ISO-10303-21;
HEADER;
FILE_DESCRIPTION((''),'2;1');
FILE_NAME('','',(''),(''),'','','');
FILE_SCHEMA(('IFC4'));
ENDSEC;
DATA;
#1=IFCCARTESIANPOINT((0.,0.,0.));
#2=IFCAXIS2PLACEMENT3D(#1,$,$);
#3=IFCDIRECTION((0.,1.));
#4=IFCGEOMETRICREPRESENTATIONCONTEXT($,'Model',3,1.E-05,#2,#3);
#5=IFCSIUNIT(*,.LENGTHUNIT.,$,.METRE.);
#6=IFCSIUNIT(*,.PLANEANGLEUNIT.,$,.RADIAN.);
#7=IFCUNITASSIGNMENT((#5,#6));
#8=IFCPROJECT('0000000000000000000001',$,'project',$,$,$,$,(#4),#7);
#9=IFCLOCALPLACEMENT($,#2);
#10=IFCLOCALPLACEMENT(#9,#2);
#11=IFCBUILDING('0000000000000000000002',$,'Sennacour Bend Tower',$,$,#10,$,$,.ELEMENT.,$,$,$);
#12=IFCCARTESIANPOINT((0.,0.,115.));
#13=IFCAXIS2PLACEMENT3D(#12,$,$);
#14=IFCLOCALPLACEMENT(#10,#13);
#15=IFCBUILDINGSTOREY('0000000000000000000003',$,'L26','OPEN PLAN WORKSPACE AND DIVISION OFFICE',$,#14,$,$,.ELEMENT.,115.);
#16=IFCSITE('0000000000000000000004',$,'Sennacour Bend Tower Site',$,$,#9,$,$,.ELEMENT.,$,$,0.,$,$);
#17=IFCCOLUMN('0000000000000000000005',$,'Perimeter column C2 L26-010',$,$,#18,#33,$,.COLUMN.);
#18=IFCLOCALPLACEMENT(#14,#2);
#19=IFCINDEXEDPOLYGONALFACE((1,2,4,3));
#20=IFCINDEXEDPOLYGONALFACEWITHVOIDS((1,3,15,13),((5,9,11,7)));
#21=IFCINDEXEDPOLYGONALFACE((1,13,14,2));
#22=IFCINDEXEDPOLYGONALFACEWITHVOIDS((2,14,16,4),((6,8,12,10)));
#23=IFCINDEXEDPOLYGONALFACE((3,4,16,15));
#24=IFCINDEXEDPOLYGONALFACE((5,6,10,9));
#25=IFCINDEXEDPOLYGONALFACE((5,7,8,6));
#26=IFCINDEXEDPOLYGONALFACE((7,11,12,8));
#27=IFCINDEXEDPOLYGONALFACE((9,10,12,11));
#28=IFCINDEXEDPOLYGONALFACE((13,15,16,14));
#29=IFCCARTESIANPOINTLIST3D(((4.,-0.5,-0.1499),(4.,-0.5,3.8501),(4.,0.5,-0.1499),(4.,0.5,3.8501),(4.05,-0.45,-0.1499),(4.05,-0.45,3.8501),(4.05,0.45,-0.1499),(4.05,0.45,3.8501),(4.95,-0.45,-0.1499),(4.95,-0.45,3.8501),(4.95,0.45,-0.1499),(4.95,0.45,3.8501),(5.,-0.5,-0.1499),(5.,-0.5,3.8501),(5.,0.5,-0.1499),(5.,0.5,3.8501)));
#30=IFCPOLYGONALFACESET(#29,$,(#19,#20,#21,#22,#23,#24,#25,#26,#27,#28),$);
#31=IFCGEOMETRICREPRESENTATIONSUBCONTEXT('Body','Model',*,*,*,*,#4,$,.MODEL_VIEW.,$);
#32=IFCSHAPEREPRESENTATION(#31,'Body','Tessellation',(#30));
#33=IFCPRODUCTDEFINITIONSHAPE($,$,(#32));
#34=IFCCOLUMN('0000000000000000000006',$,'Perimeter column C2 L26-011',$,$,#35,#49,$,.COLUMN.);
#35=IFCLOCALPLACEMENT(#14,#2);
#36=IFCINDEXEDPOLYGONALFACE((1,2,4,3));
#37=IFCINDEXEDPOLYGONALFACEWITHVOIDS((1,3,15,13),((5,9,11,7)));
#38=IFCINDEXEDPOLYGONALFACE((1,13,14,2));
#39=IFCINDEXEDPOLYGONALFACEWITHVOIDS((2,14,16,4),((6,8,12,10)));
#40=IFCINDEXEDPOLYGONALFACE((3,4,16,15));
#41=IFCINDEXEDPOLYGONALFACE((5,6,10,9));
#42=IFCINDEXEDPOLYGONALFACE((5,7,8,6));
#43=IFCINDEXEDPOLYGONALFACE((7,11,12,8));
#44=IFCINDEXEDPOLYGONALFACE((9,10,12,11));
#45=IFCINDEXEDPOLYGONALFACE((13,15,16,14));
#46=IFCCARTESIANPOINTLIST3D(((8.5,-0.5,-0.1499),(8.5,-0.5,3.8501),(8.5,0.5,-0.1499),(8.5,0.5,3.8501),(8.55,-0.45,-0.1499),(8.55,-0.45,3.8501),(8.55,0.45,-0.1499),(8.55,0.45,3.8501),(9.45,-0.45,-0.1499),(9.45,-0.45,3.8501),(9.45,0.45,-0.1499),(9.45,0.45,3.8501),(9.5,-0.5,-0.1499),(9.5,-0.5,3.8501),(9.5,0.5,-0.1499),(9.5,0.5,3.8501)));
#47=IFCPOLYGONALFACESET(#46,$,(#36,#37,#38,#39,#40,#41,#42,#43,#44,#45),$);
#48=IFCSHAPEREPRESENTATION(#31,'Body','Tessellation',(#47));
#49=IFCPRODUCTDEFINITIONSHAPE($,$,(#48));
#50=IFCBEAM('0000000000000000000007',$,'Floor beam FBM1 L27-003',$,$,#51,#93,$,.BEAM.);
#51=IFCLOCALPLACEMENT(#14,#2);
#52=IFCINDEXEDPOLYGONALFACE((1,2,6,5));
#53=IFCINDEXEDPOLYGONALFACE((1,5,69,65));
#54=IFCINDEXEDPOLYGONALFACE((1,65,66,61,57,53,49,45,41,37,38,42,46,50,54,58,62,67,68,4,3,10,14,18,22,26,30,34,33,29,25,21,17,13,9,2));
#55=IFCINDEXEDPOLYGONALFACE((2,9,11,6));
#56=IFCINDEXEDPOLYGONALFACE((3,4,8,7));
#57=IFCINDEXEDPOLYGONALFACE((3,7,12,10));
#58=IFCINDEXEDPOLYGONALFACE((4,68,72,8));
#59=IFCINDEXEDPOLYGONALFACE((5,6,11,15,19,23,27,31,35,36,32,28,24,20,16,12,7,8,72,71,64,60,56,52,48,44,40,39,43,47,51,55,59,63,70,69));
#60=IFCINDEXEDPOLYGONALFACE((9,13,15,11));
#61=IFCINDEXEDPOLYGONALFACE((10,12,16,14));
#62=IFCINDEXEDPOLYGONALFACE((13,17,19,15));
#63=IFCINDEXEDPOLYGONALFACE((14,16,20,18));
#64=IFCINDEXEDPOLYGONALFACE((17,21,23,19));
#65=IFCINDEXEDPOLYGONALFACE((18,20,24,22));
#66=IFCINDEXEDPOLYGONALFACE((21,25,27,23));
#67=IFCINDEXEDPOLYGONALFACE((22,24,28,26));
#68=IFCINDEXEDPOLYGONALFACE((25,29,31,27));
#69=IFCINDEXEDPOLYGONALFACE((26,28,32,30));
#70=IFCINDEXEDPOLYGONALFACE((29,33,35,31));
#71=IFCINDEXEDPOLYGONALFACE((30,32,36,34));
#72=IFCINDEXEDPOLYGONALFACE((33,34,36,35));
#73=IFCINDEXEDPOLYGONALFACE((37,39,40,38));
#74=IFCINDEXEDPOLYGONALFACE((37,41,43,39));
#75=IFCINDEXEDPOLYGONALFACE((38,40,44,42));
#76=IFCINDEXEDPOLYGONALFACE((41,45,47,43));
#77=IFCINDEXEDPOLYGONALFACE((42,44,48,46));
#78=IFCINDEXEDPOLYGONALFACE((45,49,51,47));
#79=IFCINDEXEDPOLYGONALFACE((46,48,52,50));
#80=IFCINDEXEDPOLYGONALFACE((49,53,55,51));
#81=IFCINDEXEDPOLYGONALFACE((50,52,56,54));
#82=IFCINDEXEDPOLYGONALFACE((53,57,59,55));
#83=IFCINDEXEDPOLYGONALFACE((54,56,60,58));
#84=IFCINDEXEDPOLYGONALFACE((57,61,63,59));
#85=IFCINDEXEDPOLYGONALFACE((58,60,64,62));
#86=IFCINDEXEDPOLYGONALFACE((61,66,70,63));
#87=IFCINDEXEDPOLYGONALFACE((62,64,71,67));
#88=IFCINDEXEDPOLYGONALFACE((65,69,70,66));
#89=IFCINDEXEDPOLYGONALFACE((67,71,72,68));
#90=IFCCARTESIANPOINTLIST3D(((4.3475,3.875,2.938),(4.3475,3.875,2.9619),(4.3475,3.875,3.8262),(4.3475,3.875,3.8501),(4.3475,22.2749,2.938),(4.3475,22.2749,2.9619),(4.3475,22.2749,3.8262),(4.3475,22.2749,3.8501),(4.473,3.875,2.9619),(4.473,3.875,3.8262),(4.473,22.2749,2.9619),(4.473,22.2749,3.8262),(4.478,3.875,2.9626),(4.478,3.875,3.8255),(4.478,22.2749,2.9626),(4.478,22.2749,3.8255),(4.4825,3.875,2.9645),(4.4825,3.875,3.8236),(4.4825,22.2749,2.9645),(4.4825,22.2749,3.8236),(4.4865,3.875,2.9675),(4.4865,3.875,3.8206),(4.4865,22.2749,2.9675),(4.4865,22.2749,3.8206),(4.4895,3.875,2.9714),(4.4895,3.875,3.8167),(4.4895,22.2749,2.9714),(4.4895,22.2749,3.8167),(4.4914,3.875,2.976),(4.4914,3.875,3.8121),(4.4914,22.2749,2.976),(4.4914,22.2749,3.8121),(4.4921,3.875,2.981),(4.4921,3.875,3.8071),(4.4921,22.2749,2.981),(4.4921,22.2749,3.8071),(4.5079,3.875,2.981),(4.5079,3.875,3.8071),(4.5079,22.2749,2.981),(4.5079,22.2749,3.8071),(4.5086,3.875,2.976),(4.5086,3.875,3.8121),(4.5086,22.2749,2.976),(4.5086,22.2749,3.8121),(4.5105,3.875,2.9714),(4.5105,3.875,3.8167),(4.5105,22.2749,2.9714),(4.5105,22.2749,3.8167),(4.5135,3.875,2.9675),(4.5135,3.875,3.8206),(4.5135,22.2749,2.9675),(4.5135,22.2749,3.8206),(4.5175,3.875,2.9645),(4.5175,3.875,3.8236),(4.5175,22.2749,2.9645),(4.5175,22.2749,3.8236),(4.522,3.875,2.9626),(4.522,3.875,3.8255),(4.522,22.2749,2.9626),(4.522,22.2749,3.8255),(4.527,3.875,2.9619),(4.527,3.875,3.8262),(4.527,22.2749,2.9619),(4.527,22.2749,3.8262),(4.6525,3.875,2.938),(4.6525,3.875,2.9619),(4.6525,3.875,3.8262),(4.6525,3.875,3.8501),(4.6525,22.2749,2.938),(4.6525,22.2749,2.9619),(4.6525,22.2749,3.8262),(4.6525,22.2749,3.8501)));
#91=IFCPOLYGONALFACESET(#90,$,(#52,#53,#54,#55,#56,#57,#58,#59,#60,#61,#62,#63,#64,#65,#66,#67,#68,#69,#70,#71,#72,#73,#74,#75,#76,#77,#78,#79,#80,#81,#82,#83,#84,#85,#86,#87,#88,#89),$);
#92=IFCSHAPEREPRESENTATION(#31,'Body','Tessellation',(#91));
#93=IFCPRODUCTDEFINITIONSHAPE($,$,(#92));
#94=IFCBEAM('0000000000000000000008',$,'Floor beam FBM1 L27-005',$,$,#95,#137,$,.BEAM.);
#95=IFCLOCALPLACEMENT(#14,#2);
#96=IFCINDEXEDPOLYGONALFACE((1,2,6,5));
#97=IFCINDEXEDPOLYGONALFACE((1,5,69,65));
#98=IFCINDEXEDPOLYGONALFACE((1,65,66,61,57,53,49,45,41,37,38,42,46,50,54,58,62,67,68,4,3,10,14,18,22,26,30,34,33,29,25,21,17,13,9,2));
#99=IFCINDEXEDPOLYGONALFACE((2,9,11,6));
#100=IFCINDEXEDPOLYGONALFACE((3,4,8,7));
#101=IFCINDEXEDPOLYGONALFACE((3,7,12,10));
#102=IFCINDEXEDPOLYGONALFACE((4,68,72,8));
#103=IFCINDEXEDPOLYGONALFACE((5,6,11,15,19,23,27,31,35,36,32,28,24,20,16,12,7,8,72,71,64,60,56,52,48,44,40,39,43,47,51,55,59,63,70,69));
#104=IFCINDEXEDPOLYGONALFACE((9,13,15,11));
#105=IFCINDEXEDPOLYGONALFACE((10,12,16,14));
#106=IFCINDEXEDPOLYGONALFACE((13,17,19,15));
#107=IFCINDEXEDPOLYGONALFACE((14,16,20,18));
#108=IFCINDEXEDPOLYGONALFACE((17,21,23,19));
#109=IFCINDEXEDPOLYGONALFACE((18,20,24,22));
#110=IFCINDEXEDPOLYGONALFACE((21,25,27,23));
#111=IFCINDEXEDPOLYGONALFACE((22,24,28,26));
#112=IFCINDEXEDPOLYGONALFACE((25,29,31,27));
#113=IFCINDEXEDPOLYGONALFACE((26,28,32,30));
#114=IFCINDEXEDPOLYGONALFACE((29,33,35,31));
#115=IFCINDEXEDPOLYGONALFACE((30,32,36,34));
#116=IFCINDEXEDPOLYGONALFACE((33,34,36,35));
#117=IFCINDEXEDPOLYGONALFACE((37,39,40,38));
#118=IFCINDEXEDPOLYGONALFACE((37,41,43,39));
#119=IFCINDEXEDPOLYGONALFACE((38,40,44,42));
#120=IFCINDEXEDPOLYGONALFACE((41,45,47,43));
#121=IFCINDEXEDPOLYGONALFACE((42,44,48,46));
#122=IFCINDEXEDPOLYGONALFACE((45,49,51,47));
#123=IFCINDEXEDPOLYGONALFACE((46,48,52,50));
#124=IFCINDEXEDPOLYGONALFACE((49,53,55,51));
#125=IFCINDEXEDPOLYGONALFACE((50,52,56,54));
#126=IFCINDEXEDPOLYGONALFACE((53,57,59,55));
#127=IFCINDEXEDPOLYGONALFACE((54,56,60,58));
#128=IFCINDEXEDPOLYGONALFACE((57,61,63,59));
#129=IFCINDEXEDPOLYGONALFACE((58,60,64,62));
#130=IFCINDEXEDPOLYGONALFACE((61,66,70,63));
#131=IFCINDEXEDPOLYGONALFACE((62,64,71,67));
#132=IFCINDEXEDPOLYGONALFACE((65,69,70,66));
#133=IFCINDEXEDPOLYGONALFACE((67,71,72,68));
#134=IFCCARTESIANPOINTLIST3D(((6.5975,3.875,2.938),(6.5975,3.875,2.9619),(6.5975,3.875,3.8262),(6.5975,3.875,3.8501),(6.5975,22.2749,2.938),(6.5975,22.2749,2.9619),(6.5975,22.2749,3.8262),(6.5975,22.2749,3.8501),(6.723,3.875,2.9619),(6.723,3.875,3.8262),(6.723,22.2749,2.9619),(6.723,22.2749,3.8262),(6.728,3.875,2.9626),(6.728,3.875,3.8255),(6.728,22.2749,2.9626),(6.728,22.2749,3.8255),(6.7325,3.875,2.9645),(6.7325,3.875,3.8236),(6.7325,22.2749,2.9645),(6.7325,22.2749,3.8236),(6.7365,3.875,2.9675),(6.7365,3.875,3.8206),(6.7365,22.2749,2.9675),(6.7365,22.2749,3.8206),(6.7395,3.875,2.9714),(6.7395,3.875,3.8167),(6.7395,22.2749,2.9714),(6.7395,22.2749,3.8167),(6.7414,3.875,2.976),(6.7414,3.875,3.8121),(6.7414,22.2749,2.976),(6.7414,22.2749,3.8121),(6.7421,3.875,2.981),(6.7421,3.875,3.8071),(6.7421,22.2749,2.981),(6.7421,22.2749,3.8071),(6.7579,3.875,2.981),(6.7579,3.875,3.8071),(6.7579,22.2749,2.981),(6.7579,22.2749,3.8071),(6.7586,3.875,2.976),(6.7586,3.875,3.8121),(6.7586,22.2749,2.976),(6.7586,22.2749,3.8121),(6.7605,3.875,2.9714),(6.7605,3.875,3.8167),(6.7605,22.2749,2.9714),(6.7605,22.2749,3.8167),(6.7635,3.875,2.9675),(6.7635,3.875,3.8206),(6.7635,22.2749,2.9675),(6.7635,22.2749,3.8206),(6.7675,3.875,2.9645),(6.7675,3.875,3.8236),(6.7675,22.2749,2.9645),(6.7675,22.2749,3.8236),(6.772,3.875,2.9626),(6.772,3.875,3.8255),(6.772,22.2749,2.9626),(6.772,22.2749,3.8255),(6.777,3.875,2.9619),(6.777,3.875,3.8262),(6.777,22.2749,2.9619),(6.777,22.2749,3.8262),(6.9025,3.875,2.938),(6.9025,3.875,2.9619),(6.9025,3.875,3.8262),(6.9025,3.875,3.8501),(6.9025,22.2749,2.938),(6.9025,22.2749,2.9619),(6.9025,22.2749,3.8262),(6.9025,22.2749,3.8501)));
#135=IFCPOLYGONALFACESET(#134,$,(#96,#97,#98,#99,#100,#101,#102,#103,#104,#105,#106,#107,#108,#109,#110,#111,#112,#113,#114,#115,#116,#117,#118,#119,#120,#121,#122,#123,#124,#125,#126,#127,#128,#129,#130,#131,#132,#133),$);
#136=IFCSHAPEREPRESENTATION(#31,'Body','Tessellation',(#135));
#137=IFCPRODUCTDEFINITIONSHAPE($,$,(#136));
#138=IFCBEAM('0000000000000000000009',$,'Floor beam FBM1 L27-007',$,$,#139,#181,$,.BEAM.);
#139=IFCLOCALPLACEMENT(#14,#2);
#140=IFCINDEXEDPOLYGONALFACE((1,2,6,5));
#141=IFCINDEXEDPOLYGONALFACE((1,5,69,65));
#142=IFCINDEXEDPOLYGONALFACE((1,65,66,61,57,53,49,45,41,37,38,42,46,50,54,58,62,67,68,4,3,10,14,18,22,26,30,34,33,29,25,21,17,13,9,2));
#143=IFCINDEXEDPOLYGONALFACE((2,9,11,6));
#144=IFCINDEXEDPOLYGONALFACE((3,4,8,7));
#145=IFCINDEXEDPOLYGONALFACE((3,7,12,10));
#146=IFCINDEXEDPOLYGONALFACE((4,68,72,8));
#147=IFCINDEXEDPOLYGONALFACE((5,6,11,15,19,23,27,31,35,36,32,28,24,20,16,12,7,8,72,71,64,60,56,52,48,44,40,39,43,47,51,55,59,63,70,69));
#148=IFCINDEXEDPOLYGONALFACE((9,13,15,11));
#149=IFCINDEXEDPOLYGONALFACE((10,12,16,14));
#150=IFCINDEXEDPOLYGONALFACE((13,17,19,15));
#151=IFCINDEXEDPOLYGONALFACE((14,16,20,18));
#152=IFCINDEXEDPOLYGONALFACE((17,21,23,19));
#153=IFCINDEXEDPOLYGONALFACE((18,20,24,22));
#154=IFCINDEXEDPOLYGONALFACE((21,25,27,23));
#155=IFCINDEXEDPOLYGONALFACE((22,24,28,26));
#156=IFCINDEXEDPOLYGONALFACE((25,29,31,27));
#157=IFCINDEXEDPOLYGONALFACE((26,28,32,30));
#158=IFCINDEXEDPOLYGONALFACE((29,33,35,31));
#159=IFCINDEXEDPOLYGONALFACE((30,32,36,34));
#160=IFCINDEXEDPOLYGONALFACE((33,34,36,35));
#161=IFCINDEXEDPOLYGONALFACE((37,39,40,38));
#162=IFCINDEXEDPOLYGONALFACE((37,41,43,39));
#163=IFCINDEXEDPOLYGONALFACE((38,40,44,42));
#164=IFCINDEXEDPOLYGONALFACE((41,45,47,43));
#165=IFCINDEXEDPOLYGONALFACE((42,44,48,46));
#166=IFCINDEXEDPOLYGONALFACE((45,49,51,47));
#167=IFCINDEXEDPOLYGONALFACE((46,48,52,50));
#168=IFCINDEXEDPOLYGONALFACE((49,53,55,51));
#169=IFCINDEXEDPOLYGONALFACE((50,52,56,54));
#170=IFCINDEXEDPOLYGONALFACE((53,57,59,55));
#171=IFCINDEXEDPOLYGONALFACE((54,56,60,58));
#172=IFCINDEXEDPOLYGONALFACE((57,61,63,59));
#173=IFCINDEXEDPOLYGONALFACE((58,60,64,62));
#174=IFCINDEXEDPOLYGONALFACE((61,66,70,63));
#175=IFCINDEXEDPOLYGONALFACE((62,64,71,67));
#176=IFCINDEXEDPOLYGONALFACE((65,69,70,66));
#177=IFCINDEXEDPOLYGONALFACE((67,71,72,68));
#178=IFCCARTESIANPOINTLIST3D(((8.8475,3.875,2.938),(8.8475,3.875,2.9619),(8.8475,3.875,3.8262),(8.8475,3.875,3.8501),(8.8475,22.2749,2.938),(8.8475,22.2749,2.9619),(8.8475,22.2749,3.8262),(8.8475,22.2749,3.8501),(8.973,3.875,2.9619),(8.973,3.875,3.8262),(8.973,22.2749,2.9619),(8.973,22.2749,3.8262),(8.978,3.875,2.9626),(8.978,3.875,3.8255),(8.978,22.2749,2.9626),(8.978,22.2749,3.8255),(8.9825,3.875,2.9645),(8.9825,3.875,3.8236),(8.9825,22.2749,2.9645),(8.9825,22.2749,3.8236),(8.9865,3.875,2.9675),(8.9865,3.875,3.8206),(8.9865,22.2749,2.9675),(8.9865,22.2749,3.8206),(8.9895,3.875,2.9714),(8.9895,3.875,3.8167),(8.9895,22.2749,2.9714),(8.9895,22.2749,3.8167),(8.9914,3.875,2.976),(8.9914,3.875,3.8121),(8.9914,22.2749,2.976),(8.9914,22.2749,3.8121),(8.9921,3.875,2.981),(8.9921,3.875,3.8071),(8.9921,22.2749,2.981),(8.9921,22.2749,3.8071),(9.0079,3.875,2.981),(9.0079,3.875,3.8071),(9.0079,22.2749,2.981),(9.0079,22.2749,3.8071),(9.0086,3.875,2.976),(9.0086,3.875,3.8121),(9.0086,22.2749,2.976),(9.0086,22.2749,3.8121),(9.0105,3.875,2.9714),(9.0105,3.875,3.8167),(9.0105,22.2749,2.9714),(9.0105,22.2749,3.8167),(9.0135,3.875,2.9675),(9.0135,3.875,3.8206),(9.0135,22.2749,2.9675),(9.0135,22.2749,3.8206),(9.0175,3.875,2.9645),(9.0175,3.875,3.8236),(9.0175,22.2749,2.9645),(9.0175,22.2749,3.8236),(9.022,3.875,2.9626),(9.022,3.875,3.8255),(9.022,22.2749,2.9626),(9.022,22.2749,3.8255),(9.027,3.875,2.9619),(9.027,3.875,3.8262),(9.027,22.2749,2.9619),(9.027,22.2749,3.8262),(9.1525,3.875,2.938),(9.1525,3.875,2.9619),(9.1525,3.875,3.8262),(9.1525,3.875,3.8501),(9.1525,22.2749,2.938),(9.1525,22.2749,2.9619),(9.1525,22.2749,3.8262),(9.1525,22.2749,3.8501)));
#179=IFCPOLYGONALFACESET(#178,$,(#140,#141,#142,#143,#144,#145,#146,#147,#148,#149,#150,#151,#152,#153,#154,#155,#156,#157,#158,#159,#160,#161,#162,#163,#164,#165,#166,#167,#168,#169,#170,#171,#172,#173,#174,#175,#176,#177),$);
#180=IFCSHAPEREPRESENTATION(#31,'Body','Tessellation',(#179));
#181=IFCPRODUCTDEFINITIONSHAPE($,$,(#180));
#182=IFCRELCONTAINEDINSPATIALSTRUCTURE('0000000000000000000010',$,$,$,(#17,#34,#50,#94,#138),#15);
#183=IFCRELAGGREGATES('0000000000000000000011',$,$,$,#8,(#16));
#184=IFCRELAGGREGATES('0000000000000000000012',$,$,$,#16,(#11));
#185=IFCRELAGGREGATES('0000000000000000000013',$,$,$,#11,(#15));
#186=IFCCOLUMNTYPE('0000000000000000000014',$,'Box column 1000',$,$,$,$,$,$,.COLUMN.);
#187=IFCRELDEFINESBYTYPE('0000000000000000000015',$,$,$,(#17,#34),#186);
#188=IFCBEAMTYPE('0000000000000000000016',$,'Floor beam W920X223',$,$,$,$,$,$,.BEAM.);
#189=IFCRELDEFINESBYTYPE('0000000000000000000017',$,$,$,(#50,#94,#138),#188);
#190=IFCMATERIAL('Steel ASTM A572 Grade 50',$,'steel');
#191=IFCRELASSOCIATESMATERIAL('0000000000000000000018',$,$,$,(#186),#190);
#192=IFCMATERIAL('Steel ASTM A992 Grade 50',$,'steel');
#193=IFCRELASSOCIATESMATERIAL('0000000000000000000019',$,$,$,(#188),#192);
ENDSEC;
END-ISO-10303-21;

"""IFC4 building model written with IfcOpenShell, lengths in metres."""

from ifc_helpers import new_model, si_unit, direction, frame, origin, origin_2d, place, context, subcontext, project, spatial, hollow_rectangle, i_section, extrude, material, material_profile, profile_set, type_object, element, save


model = new_model("IFC4")

# Units and contexts
model_context = context("Model", 3, precision=1e-05, world=origin(), true_north=direction((0.0, 1.0)))
body_context = subcontext(model_context, "Body", "Model", "MODEL_VIEW")
ifc_project = project(units=[si_unit("LENGTHUNIT", "METRE"), si_unit("PLANEANGLEUNIT", "RADIAN")], contexts=[model_context])

# Site, building, storey
site_placement = place(None, origin())
site = spatial("IfcSite", under=ifc_project, at=site_placement, Name="Sennacour Bend Tower Site", CompositionType="ELEMENT", RefElevation=0.0)
building_placement = place(site_placement, origin())
building = spatial("IfcBuilding", under=site, at=building_placement, Name="Sennacour Bend Tower", CompositionType="ELEMENT")
storey_placement = place(building_placement, frame((0.0, 0.0, 115.0)))
storey = spatial("IfcBuildingStorey", under=building, at=storey_placement, Name="L26", Description="OPEN PLAN WORKSPACE AND DIVISION OFFICE", CompositionType="ELEMENT", Elevation=115.0)

# Columns
ifc_material_1 = material(Name="Steel ASTM A572 Grade 50", Category="steel")
ifc_material_profile_1 = material_profile(ifc_material_1, hollow_rectangle(XDim=1.0, YDim=1.0, WallThickness=0.05, at=origin_2d()), Name="Steel ASTM A572 Grade 50", Category="steel")
ifc_profile_set_1 = profile_set([ifc_material_profile_1], Name="Steel ASTM A572 Grade 50")
column_type = type_object("IfcColumnType", Name="Box column 1000", PredefinedType="COLUMN", material=ifc_profile_set_1)
for number, where, z_axis, x_axis, name in (
    (1, (4.5, 0.0, -0.1499), (0.0, 0.0, 1.0), (1.0, 0.0, 0.0), "Perimeter column C2 L26-010"),
    (2, (9.0, 0.0, -0.1499), (0.0, 0.0, 1.0), (1.0, 0.0, 0.0), "Perimeter column C2 L26-011"),
):
    element("IfcColumn", number, at=place(storey_placement, frame(where, z_axis=z_axis, x_axis=x_axis)), inside=storey, type_object=column_type, Name=name, PredefinedType="COLUMN", context=body_context, shape_type="SweptSolid", body=[
        extrude(hollow_rectangle(XDim=1.0, YDim=1.0, WallThickness=0.05, at=origin_2d()), origin(), (0.0, 0.0, 1.0), 4.0),
    ])

# Beams
ifc_material_2 = material(Name="Steel ASTM A992 Grade 50", Category="steel")
ifc_material_profile_2 = material_profile(ifc_material_2, i_section(OverallWidth=0.3049, OverallDepth=0.9121, WebThickness=0.0159, FlangeThickness=0.0239, FilletRadius=0.019, at=origin_2d()), Name="Steel ASTM A992 Grade 50", Category="steel")
ifc_profile_set_2 = profile_set([ifc_material_profile_2], Name="Steel ASTM A992 Grade 50")
beam_type_1 = type_object("IfcBeamType", Name="Floor beam W920X223", PredefinedType="BEAM", material=ifc_profile_set_2)
for number, where, z_axis, x_axis, name in (
    (3, (4.5, 3.875, 3.394), (0.0, 1.0, 0.0), (-1.0, 0.0, 0.0), "Floor beam FBM1 L27-003"),
    (4, (6.75, 3.875, 3.394), (0.0, 1.0, 0.0), (-1.0, 0.0, 0.0), "Floor beam FBM1 L27-005"),
    (5, (9.0, 3.875, 3.394), (0.0, 1.0, 0.0), (-1.0, 0.0, 0.0), "Floor beam FBM1 L27-007"),
):
    element("IfcBeam", number, at=place(storey_placement, frame(where, z_axis=z_axis, x_axis=x_axis)), inside=storey, type_object=beam_type_1, Name=name, PredefinedType="BEAM", context=body_context, shape_type="SweptSolid", body=[
        extrude(i_section(OverallWidth=0.3049, OverallDepth=0.9121, WebThickness=0.0159, FlangeThickness=0.0239, FilletRadius=0.019, at=origin_2d()), origin(), (0.0, 0.0, 1.0), 18.3999),
    ])

save(model, "model.ifc")
